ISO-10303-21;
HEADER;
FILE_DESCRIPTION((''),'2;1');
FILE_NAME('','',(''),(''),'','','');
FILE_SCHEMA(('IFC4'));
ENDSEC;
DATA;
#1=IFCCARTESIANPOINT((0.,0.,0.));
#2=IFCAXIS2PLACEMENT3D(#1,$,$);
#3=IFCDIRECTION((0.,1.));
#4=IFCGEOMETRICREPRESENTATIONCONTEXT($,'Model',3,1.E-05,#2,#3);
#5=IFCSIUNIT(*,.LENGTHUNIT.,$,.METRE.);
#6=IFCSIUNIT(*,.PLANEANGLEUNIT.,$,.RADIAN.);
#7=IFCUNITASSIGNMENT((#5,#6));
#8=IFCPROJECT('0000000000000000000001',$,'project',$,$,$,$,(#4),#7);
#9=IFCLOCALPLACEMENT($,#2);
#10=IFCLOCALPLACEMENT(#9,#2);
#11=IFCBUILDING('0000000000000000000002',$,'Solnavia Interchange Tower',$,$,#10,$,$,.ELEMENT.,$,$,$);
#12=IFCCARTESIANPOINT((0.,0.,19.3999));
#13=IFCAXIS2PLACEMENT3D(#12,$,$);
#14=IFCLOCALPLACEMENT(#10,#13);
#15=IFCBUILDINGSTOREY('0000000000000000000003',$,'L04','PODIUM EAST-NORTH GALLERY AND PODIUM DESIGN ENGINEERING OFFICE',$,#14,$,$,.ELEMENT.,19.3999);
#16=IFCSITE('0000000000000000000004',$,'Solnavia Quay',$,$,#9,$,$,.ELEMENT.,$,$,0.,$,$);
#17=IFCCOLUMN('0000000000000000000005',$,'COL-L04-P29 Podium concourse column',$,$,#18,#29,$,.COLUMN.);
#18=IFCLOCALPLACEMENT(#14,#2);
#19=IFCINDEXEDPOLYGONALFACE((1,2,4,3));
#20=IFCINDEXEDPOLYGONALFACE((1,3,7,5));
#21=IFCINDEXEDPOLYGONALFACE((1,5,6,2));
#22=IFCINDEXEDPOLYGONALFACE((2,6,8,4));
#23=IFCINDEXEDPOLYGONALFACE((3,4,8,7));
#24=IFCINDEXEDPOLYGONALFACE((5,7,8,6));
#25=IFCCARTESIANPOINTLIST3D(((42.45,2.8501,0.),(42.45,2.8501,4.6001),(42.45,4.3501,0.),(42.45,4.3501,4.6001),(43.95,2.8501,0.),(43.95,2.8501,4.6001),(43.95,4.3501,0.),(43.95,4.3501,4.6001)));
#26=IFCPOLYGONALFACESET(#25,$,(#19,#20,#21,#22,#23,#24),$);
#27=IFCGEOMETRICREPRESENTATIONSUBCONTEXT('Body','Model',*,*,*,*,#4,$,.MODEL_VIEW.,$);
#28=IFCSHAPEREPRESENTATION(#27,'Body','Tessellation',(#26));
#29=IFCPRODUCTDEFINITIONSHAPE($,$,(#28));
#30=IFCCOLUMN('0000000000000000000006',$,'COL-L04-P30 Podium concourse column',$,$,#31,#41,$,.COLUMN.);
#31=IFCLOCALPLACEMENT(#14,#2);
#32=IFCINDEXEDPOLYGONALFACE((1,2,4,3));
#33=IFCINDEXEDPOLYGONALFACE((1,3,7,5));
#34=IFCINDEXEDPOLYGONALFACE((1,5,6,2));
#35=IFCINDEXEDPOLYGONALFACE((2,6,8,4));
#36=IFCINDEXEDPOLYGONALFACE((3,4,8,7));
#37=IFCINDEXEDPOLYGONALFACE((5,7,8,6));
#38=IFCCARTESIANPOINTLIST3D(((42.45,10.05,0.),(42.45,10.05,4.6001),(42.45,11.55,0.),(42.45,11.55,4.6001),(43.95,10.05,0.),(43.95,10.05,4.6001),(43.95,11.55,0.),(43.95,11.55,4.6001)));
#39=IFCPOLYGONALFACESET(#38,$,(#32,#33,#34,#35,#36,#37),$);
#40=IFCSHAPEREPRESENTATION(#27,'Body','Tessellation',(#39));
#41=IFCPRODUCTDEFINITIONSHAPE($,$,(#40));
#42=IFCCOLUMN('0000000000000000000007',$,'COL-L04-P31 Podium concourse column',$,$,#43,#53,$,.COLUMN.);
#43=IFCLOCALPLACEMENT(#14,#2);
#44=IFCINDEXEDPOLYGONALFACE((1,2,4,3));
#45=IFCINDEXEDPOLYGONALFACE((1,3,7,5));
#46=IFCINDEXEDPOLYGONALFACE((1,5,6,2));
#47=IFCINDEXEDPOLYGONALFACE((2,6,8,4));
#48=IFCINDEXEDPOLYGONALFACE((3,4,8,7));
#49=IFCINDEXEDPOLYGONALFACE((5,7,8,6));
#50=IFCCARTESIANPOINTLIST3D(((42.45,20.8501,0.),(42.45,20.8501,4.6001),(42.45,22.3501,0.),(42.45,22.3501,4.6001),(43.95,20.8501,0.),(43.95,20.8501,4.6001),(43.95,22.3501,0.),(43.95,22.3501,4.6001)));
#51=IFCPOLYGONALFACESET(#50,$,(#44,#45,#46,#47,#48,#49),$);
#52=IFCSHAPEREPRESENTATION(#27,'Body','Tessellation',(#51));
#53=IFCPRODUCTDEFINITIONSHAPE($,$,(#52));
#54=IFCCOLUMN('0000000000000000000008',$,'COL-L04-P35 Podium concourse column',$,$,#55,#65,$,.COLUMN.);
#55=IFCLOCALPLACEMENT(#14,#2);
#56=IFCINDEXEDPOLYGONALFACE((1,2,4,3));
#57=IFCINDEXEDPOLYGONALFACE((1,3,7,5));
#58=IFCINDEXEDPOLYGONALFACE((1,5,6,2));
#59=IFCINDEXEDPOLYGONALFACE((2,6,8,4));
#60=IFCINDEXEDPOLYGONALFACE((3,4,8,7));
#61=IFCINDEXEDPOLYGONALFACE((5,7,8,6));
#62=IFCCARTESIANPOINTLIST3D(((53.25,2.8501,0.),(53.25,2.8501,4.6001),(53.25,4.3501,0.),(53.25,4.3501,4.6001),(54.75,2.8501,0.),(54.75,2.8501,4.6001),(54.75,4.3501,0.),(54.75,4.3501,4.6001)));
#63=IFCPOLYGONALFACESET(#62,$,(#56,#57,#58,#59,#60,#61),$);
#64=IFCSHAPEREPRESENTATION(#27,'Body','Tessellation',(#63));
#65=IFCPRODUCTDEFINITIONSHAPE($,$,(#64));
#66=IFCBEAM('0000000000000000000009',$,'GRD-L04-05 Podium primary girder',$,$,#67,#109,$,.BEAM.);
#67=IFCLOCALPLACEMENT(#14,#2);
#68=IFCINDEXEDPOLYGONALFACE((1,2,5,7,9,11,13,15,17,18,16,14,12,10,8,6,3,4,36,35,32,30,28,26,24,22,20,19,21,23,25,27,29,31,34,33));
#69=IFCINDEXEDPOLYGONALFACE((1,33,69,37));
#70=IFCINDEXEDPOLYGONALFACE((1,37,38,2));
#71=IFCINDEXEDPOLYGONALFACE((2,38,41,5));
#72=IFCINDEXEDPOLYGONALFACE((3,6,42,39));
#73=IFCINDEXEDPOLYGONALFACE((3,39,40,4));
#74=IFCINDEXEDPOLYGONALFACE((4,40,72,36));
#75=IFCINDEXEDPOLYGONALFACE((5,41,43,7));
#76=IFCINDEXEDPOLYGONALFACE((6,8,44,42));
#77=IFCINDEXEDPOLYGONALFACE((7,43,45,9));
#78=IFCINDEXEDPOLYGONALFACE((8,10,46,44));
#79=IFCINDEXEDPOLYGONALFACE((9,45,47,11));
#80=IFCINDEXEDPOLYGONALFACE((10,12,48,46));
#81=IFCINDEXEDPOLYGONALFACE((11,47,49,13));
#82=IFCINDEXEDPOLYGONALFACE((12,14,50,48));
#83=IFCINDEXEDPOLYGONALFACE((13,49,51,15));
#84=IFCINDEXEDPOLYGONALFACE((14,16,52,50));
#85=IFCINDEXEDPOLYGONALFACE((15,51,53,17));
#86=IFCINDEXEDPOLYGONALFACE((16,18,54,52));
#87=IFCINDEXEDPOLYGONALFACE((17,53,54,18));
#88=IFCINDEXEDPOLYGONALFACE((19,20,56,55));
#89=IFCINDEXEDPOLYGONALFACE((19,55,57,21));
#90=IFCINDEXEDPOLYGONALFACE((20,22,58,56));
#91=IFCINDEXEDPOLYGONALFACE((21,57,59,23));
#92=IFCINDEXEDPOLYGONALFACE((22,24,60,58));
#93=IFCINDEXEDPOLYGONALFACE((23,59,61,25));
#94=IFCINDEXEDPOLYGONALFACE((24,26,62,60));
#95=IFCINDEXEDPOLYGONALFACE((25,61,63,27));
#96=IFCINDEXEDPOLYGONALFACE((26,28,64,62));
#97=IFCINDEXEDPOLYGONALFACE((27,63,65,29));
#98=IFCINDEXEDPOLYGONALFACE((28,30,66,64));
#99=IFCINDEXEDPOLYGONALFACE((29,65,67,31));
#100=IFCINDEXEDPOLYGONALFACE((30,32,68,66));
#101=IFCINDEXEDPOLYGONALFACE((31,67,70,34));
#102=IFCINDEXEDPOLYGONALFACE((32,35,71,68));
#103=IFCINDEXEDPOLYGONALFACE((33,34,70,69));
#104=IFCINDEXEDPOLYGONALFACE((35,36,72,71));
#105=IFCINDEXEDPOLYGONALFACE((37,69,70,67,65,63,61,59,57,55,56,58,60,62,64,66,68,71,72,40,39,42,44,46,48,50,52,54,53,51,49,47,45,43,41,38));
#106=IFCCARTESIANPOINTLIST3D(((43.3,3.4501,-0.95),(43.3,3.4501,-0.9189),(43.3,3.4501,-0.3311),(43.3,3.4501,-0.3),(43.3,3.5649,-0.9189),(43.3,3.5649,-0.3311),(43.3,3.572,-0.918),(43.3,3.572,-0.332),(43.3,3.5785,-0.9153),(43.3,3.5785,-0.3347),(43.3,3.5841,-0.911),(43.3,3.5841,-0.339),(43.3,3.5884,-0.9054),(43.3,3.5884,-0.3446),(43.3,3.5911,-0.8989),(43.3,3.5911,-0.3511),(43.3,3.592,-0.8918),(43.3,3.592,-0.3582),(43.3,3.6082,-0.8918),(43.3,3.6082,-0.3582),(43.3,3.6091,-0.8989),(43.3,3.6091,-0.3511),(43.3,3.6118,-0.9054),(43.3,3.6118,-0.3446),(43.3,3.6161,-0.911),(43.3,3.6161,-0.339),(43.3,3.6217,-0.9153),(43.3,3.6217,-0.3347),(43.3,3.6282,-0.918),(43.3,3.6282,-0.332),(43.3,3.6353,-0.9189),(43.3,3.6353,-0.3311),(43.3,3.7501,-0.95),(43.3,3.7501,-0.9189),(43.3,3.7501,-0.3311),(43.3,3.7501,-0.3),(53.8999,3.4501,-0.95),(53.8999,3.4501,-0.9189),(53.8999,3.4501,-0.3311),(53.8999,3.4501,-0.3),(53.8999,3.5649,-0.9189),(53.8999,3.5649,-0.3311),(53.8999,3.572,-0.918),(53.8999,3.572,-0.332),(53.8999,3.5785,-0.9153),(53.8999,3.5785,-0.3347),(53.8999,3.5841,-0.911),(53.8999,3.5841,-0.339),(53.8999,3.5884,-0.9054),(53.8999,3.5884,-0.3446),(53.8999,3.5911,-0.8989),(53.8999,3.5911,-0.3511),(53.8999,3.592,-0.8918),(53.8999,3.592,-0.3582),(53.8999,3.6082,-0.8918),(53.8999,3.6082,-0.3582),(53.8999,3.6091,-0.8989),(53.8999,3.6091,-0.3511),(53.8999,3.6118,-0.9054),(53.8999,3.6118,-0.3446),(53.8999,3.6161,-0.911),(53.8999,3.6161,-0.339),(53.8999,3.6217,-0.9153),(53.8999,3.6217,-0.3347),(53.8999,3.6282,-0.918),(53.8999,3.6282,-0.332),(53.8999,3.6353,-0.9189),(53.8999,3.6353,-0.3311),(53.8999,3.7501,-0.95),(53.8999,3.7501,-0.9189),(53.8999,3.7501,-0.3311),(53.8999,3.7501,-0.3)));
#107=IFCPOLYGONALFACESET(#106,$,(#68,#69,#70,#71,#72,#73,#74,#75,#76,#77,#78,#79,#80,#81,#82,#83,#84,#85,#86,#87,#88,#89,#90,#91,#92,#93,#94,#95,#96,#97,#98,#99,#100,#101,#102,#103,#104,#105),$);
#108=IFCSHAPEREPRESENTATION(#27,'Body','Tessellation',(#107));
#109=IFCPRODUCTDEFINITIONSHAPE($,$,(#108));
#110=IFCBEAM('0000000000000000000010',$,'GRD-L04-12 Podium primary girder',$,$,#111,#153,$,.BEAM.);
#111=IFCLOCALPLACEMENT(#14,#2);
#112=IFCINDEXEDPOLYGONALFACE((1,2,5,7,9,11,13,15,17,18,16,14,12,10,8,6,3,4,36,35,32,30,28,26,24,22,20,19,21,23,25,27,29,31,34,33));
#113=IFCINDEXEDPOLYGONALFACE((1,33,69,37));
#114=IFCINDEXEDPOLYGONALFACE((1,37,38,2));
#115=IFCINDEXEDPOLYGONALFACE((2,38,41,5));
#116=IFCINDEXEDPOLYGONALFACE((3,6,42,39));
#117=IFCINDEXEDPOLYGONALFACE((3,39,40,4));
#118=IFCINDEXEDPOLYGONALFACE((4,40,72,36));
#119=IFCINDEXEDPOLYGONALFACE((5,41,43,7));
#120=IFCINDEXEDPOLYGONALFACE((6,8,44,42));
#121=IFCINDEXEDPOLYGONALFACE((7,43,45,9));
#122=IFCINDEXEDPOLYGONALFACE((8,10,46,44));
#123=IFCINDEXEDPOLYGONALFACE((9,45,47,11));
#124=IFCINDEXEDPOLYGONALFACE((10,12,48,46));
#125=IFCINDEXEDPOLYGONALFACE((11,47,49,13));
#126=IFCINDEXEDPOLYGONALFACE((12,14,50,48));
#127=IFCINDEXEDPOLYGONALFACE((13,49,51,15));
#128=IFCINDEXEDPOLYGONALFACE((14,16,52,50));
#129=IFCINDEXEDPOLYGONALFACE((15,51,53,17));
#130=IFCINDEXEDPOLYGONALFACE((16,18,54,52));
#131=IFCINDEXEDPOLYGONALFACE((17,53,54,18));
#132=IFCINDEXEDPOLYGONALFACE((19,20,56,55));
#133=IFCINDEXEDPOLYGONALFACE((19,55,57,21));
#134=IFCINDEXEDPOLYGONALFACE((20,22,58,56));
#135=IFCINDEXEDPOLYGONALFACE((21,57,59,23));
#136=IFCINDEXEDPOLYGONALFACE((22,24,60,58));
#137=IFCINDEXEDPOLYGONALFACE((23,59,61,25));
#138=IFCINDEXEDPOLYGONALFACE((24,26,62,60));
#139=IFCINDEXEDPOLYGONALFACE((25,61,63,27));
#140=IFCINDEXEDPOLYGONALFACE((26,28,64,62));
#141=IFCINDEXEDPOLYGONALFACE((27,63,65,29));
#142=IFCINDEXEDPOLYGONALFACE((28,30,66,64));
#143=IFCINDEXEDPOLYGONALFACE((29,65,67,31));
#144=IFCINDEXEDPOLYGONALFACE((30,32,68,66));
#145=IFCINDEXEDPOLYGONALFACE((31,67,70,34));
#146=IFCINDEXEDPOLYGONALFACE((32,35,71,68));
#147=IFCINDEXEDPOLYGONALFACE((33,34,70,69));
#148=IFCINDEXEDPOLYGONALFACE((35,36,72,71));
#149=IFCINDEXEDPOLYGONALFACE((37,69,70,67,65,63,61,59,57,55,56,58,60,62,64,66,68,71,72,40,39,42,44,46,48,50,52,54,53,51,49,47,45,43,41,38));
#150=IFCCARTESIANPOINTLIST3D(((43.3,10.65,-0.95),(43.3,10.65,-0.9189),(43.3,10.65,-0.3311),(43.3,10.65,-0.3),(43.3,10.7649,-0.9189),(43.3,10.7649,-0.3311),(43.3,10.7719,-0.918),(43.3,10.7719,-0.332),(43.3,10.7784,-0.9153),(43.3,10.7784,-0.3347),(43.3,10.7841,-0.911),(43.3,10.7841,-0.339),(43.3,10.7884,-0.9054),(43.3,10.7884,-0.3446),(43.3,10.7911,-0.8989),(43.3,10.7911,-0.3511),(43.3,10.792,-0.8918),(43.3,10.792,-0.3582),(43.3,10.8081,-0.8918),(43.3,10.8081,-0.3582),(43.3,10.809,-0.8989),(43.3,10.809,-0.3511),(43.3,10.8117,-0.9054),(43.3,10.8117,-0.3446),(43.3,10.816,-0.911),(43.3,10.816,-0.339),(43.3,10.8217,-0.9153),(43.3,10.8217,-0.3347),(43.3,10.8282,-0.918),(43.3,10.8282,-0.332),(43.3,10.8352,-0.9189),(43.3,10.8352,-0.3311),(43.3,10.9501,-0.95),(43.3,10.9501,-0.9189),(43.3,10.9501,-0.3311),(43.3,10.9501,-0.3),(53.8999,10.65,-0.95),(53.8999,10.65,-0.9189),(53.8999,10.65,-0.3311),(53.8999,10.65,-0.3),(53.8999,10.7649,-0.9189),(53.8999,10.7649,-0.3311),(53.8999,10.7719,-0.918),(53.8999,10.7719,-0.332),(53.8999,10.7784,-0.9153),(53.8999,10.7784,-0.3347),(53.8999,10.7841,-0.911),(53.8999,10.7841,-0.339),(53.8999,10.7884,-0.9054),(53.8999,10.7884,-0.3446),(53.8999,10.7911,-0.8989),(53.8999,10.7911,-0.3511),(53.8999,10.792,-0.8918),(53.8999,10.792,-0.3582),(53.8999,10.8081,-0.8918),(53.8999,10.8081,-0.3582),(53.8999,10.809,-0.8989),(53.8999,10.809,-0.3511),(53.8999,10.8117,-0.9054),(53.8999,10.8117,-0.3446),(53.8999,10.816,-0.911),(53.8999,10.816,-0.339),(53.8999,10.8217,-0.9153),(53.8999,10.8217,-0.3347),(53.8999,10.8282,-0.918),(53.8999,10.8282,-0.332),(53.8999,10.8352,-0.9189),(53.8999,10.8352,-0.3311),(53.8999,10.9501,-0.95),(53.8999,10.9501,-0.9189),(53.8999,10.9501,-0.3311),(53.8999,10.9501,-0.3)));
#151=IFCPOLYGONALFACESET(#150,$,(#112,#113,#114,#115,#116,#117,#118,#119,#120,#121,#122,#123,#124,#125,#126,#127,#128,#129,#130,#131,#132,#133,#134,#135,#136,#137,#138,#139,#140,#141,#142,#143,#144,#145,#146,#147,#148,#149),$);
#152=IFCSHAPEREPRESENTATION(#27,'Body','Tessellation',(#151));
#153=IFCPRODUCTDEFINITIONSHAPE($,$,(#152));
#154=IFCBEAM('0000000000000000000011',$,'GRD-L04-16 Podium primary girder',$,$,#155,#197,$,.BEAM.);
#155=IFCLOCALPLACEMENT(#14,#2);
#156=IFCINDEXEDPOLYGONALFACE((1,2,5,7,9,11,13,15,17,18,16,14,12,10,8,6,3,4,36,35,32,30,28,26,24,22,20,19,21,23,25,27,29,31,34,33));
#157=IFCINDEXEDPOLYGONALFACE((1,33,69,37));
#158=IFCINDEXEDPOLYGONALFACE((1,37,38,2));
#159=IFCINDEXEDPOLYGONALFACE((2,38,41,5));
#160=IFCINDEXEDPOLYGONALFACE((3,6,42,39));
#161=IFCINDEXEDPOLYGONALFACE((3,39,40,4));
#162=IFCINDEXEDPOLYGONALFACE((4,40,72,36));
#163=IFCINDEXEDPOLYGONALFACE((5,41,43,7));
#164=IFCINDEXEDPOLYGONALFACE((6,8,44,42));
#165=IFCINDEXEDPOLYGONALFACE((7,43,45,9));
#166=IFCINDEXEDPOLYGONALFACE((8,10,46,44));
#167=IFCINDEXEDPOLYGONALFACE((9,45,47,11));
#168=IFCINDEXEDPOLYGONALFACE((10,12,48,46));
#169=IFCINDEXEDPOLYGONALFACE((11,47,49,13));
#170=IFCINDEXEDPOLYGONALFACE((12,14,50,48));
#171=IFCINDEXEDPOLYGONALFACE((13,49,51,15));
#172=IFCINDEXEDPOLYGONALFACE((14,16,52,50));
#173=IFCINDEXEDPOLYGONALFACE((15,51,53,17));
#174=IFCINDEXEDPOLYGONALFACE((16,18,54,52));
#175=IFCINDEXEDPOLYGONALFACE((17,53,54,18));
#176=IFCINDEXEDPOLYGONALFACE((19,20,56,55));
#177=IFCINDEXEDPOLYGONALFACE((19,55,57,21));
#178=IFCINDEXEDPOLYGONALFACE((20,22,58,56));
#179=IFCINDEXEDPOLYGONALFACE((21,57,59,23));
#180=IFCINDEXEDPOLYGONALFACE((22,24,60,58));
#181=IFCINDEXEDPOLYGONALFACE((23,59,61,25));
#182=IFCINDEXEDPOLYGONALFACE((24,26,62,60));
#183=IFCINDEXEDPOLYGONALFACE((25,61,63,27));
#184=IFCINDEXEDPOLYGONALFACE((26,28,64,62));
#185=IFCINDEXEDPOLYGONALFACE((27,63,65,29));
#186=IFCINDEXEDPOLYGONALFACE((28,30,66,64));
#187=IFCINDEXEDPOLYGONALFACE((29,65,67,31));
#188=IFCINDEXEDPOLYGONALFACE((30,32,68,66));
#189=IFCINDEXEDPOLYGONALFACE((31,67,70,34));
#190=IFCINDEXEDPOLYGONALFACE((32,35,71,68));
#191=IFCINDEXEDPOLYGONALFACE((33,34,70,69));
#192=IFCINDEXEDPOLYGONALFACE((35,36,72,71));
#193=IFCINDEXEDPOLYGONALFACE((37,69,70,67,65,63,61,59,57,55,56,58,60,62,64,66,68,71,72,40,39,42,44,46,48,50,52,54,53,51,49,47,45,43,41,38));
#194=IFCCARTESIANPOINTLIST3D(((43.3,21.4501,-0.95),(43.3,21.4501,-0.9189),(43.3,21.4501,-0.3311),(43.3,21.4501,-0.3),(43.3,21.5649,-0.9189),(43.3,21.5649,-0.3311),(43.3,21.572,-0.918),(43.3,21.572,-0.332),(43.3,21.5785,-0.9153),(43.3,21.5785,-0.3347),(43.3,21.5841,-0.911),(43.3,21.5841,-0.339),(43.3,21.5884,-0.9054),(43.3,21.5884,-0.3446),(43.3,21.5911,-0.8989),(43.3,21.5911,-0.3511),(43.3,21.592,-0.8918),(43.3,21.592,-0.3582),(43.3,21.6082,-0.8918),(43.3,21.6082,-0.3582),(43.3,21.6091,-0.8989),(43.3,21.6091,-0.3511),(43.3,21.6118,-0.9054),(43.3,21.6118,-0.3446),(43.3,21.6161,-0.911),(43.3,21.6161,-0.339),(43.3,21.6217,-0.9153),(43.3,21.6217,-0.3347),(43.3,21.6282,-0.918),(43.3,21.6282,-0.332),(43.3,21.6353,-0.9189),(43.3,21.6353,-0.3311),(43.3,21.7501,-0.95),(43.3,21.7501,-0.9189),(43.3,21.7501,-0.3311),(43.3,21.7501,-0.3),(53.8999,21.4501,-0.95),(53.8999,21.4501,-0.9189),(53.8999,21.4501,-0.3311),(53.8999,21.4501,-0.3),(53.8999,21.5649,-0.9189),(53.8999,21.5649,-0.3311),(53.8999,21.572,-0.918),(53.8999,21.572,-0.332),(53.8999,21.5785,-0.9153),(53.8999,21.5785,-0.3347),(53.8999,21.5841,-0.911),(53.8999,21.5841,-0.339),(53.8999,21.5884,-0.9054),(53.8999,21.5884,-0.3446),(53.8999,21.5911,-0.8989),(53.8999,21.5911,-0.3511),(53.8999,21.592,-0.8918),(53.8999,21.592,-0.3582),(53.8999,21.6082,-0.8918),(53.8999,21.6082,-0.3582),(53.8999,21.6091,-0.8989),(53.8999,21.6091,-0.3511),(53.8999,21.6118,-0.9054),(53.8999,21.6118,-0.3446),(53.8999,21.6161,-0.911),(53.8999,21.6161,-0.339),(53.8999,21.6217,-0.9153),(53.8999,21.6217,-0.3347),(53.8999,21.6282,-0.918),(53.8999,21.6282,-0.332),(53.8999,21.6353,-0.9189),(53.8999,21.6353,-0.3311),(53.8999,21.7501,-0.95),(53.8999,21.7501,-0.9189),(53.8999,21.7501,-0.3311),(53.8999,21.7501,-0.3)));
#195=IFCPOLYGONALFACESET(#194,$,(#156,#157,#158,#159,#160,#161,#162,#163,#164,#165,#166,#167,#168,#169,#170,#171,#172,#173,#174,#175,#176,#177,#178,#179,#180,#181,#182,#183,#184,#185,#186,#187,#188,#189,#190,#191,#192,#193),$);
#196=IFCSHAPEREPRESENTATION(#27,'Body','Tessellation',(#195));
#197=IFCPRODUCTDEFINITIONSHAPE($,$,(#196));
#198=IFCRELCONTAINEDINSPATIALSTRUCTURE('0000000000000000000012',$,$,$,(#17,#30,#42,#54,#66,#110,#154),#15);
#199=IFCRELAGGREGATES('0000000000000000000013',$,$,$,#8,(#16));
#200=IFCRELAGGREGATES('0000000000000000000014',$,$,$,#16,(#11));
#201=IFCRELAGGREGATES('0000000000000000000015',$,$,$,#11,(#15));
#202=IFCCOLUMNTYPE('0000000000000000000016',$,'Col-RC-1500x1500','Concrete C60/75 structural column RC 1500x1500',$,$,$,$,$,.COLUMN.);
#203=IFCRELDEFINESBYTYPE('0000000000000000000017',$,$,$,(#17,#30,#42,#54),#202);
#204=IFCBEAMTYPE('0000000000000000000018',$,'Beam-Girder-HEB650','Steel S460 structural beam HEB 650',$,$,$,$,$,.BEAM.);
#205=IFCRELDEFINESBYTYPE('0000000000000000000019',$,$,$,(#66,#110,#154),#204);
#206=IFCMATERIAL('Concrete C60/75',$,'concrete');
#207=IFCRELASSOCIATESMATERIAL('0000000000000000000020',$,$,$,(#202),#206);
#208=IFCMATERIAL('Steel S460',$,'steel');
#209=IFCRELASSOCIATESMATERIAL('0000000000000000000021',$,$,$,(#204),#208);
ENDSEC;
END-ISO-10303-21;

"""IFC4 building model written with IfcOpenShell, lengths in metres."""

from ifc_helpers import new_model, si_unit, direction, frame, origin, origin_2d, place, context, subcontext, project, spatial, rectangle, i_section, extrude, material, material_profile, profile_set, type_object, element, save


model = new_model("IFC4")

# Units and contexts
model_context = context("Model", 3, precision=1e-05, world=origin(), true_north=direction((0.0, 1.0)))
body_context = subcontext(model_context, "Body", "Model", "MODEL_VIEW")
ifc_project = project(units=[si_unit("LENGTHUNIT", "METRE"), si_unit("PLANEANGLEUNIT", "RADIAN")], contexts=[model_context])

# Site, building, storey
site_placement = place(None, origin())
site = spatial("IfcSite", under=ifc_project, at=site_placement, Name="Solnavia Quay", CompositionType="ELEMENT", RefElevation=0.0)
building_placement = place(site_placement, origin())
building = spatial("IfcBuilding", under=site, at=building_placement, Name="Solnavia Interchange Tower", CompositionType="ELEMENT")
storey_placement = place(building_placement, frame((0.0, 0.0, 19.3999)))
storey = spatial("IfcBuildingStorey", under=building, at=storey_placement, Name="L04", Description="PODIUM EAST-NORTH GALLERY AND PODIUM DESIGN ENGINEERING OFFICE", CompositionType="ELEMENT", Elevation=19.3999)

# Columns
ifc_material_1 = material(Name="Concrete C60/75", Category="concrete")
ifc_material_profile_1 = material_profile(ifc_material_1, rectangle(XDim=1.5, YDim=1.5, at=origin_2d()), Name="RC 1500x1500")
ifc_profile_set_1 = profile_set([ifc_material_profile_1], Name="Concrete C60/75")
column_type = type_object("IfcColumnType", Name="Col-RC-1500x1500", Description="Concrete C60/75 structural column RC 1500x1500", PredefinedType="COLUMN", material=ifc_profile_set_1)
for number, where, z_axis, x_axis, name in (
    (1, (43.2, 3.6001, 0.0), (0.0, 0.0, 1.0), (1.0, 0.0, 0.0), "COL-L04-P29 Podium concourse column"),
    (2, (43.2, 10.8, 0.0), (0.0, 0.0, 1.0), (1.0, 0.0, 0.0), "COL-L04-P30 Podium concourse column"),
    (3, (43.2, 21.6001, 0.0), (0.0, 0.0, 1.0), (1.0, 0.0, 0.0), "COL-L04-P31 Podium concourse column"),
    (4, (54.0, 3.6001, 0.0), (0.0, 0.0, 1.0), (1.0, 0.0, 0.0), "COL-L04-P35 Podium concourse column"),
):
    element("IfcColumn", number, at=place(storey_placement, frame(where, z_axis=z_axis, x_axis=x_axis)), inside=storey, type_object=column_type, Name=name, PredefinedType="COLUMN", context=body_context, shape_type="SweptSolid", body=[
        extrude(rectangle(XDim=1.5, YDim=1.5, at=origin_2d()), origin(), (0.0, 0.0, 1.0), 4.6001),
    ])

# Beams
ifc_material_2 = material(Name="Steel S460", Category="steel")
ifc_material_profile_2 = material_profile(ifc_material_2, i_section(OverallWidth=0.3, OverallDepth=0.6499, WebThickness=0.0161, FlangeThickness=0.031, FilletRadius=0.0271, at=origin_2d()), Name="HEB 650")
ifc_profile_set_2 = profile_set([ifc_material_profile_2], Name="Steel S460")
beam_type_1 = type_object("IfcBeamType", Name="Beam-Girder-HEB650", Description="Steel S460 structural beam HEB 650", PredefinedType="BEAM", material=ifc_profile_set_2)
for number, where, z_axis, x_axis, name in (
    (5, (43.3, 3.6001, -0.625), (1.0, 0.0, 0.0), (0.0, 1.0, 0.0), "GRD-L04-05 Podium primary girder"),
    (6, (43.3, 10.8, -0.625), (1.0, 0.0, 0.0), (0.0, 1.0, 0.0), "GRD-L04-12 Podium primary girder"),
    (7, (43.3, 21.6001, -0.625), (1.0, 0.0, 0.0), (0.0, 1.0, 0.0), "GRD-L04-16 Podium primary girder"),
):
    element("IfcBeam", number, at=place(storey_placement, frame(where, z_axis=z_axis, x_axis=x_axis)), inside=storey, type_object=beam_type_1, Name=name, PredefinedType="BEAM", context=body_context, shape_type="SweptSolid", body=[
        extrude(i_section(OverallWidth=0.3, OverallDepth=0.6499, WebThickness=0.0161, FlangeThickness=0.031, FilletRadius=0.0271, at=origin_2d()), origin(), (0.0, 0.0, 1.0), 10.5999),
    ])

save(model, "model.ifc")
